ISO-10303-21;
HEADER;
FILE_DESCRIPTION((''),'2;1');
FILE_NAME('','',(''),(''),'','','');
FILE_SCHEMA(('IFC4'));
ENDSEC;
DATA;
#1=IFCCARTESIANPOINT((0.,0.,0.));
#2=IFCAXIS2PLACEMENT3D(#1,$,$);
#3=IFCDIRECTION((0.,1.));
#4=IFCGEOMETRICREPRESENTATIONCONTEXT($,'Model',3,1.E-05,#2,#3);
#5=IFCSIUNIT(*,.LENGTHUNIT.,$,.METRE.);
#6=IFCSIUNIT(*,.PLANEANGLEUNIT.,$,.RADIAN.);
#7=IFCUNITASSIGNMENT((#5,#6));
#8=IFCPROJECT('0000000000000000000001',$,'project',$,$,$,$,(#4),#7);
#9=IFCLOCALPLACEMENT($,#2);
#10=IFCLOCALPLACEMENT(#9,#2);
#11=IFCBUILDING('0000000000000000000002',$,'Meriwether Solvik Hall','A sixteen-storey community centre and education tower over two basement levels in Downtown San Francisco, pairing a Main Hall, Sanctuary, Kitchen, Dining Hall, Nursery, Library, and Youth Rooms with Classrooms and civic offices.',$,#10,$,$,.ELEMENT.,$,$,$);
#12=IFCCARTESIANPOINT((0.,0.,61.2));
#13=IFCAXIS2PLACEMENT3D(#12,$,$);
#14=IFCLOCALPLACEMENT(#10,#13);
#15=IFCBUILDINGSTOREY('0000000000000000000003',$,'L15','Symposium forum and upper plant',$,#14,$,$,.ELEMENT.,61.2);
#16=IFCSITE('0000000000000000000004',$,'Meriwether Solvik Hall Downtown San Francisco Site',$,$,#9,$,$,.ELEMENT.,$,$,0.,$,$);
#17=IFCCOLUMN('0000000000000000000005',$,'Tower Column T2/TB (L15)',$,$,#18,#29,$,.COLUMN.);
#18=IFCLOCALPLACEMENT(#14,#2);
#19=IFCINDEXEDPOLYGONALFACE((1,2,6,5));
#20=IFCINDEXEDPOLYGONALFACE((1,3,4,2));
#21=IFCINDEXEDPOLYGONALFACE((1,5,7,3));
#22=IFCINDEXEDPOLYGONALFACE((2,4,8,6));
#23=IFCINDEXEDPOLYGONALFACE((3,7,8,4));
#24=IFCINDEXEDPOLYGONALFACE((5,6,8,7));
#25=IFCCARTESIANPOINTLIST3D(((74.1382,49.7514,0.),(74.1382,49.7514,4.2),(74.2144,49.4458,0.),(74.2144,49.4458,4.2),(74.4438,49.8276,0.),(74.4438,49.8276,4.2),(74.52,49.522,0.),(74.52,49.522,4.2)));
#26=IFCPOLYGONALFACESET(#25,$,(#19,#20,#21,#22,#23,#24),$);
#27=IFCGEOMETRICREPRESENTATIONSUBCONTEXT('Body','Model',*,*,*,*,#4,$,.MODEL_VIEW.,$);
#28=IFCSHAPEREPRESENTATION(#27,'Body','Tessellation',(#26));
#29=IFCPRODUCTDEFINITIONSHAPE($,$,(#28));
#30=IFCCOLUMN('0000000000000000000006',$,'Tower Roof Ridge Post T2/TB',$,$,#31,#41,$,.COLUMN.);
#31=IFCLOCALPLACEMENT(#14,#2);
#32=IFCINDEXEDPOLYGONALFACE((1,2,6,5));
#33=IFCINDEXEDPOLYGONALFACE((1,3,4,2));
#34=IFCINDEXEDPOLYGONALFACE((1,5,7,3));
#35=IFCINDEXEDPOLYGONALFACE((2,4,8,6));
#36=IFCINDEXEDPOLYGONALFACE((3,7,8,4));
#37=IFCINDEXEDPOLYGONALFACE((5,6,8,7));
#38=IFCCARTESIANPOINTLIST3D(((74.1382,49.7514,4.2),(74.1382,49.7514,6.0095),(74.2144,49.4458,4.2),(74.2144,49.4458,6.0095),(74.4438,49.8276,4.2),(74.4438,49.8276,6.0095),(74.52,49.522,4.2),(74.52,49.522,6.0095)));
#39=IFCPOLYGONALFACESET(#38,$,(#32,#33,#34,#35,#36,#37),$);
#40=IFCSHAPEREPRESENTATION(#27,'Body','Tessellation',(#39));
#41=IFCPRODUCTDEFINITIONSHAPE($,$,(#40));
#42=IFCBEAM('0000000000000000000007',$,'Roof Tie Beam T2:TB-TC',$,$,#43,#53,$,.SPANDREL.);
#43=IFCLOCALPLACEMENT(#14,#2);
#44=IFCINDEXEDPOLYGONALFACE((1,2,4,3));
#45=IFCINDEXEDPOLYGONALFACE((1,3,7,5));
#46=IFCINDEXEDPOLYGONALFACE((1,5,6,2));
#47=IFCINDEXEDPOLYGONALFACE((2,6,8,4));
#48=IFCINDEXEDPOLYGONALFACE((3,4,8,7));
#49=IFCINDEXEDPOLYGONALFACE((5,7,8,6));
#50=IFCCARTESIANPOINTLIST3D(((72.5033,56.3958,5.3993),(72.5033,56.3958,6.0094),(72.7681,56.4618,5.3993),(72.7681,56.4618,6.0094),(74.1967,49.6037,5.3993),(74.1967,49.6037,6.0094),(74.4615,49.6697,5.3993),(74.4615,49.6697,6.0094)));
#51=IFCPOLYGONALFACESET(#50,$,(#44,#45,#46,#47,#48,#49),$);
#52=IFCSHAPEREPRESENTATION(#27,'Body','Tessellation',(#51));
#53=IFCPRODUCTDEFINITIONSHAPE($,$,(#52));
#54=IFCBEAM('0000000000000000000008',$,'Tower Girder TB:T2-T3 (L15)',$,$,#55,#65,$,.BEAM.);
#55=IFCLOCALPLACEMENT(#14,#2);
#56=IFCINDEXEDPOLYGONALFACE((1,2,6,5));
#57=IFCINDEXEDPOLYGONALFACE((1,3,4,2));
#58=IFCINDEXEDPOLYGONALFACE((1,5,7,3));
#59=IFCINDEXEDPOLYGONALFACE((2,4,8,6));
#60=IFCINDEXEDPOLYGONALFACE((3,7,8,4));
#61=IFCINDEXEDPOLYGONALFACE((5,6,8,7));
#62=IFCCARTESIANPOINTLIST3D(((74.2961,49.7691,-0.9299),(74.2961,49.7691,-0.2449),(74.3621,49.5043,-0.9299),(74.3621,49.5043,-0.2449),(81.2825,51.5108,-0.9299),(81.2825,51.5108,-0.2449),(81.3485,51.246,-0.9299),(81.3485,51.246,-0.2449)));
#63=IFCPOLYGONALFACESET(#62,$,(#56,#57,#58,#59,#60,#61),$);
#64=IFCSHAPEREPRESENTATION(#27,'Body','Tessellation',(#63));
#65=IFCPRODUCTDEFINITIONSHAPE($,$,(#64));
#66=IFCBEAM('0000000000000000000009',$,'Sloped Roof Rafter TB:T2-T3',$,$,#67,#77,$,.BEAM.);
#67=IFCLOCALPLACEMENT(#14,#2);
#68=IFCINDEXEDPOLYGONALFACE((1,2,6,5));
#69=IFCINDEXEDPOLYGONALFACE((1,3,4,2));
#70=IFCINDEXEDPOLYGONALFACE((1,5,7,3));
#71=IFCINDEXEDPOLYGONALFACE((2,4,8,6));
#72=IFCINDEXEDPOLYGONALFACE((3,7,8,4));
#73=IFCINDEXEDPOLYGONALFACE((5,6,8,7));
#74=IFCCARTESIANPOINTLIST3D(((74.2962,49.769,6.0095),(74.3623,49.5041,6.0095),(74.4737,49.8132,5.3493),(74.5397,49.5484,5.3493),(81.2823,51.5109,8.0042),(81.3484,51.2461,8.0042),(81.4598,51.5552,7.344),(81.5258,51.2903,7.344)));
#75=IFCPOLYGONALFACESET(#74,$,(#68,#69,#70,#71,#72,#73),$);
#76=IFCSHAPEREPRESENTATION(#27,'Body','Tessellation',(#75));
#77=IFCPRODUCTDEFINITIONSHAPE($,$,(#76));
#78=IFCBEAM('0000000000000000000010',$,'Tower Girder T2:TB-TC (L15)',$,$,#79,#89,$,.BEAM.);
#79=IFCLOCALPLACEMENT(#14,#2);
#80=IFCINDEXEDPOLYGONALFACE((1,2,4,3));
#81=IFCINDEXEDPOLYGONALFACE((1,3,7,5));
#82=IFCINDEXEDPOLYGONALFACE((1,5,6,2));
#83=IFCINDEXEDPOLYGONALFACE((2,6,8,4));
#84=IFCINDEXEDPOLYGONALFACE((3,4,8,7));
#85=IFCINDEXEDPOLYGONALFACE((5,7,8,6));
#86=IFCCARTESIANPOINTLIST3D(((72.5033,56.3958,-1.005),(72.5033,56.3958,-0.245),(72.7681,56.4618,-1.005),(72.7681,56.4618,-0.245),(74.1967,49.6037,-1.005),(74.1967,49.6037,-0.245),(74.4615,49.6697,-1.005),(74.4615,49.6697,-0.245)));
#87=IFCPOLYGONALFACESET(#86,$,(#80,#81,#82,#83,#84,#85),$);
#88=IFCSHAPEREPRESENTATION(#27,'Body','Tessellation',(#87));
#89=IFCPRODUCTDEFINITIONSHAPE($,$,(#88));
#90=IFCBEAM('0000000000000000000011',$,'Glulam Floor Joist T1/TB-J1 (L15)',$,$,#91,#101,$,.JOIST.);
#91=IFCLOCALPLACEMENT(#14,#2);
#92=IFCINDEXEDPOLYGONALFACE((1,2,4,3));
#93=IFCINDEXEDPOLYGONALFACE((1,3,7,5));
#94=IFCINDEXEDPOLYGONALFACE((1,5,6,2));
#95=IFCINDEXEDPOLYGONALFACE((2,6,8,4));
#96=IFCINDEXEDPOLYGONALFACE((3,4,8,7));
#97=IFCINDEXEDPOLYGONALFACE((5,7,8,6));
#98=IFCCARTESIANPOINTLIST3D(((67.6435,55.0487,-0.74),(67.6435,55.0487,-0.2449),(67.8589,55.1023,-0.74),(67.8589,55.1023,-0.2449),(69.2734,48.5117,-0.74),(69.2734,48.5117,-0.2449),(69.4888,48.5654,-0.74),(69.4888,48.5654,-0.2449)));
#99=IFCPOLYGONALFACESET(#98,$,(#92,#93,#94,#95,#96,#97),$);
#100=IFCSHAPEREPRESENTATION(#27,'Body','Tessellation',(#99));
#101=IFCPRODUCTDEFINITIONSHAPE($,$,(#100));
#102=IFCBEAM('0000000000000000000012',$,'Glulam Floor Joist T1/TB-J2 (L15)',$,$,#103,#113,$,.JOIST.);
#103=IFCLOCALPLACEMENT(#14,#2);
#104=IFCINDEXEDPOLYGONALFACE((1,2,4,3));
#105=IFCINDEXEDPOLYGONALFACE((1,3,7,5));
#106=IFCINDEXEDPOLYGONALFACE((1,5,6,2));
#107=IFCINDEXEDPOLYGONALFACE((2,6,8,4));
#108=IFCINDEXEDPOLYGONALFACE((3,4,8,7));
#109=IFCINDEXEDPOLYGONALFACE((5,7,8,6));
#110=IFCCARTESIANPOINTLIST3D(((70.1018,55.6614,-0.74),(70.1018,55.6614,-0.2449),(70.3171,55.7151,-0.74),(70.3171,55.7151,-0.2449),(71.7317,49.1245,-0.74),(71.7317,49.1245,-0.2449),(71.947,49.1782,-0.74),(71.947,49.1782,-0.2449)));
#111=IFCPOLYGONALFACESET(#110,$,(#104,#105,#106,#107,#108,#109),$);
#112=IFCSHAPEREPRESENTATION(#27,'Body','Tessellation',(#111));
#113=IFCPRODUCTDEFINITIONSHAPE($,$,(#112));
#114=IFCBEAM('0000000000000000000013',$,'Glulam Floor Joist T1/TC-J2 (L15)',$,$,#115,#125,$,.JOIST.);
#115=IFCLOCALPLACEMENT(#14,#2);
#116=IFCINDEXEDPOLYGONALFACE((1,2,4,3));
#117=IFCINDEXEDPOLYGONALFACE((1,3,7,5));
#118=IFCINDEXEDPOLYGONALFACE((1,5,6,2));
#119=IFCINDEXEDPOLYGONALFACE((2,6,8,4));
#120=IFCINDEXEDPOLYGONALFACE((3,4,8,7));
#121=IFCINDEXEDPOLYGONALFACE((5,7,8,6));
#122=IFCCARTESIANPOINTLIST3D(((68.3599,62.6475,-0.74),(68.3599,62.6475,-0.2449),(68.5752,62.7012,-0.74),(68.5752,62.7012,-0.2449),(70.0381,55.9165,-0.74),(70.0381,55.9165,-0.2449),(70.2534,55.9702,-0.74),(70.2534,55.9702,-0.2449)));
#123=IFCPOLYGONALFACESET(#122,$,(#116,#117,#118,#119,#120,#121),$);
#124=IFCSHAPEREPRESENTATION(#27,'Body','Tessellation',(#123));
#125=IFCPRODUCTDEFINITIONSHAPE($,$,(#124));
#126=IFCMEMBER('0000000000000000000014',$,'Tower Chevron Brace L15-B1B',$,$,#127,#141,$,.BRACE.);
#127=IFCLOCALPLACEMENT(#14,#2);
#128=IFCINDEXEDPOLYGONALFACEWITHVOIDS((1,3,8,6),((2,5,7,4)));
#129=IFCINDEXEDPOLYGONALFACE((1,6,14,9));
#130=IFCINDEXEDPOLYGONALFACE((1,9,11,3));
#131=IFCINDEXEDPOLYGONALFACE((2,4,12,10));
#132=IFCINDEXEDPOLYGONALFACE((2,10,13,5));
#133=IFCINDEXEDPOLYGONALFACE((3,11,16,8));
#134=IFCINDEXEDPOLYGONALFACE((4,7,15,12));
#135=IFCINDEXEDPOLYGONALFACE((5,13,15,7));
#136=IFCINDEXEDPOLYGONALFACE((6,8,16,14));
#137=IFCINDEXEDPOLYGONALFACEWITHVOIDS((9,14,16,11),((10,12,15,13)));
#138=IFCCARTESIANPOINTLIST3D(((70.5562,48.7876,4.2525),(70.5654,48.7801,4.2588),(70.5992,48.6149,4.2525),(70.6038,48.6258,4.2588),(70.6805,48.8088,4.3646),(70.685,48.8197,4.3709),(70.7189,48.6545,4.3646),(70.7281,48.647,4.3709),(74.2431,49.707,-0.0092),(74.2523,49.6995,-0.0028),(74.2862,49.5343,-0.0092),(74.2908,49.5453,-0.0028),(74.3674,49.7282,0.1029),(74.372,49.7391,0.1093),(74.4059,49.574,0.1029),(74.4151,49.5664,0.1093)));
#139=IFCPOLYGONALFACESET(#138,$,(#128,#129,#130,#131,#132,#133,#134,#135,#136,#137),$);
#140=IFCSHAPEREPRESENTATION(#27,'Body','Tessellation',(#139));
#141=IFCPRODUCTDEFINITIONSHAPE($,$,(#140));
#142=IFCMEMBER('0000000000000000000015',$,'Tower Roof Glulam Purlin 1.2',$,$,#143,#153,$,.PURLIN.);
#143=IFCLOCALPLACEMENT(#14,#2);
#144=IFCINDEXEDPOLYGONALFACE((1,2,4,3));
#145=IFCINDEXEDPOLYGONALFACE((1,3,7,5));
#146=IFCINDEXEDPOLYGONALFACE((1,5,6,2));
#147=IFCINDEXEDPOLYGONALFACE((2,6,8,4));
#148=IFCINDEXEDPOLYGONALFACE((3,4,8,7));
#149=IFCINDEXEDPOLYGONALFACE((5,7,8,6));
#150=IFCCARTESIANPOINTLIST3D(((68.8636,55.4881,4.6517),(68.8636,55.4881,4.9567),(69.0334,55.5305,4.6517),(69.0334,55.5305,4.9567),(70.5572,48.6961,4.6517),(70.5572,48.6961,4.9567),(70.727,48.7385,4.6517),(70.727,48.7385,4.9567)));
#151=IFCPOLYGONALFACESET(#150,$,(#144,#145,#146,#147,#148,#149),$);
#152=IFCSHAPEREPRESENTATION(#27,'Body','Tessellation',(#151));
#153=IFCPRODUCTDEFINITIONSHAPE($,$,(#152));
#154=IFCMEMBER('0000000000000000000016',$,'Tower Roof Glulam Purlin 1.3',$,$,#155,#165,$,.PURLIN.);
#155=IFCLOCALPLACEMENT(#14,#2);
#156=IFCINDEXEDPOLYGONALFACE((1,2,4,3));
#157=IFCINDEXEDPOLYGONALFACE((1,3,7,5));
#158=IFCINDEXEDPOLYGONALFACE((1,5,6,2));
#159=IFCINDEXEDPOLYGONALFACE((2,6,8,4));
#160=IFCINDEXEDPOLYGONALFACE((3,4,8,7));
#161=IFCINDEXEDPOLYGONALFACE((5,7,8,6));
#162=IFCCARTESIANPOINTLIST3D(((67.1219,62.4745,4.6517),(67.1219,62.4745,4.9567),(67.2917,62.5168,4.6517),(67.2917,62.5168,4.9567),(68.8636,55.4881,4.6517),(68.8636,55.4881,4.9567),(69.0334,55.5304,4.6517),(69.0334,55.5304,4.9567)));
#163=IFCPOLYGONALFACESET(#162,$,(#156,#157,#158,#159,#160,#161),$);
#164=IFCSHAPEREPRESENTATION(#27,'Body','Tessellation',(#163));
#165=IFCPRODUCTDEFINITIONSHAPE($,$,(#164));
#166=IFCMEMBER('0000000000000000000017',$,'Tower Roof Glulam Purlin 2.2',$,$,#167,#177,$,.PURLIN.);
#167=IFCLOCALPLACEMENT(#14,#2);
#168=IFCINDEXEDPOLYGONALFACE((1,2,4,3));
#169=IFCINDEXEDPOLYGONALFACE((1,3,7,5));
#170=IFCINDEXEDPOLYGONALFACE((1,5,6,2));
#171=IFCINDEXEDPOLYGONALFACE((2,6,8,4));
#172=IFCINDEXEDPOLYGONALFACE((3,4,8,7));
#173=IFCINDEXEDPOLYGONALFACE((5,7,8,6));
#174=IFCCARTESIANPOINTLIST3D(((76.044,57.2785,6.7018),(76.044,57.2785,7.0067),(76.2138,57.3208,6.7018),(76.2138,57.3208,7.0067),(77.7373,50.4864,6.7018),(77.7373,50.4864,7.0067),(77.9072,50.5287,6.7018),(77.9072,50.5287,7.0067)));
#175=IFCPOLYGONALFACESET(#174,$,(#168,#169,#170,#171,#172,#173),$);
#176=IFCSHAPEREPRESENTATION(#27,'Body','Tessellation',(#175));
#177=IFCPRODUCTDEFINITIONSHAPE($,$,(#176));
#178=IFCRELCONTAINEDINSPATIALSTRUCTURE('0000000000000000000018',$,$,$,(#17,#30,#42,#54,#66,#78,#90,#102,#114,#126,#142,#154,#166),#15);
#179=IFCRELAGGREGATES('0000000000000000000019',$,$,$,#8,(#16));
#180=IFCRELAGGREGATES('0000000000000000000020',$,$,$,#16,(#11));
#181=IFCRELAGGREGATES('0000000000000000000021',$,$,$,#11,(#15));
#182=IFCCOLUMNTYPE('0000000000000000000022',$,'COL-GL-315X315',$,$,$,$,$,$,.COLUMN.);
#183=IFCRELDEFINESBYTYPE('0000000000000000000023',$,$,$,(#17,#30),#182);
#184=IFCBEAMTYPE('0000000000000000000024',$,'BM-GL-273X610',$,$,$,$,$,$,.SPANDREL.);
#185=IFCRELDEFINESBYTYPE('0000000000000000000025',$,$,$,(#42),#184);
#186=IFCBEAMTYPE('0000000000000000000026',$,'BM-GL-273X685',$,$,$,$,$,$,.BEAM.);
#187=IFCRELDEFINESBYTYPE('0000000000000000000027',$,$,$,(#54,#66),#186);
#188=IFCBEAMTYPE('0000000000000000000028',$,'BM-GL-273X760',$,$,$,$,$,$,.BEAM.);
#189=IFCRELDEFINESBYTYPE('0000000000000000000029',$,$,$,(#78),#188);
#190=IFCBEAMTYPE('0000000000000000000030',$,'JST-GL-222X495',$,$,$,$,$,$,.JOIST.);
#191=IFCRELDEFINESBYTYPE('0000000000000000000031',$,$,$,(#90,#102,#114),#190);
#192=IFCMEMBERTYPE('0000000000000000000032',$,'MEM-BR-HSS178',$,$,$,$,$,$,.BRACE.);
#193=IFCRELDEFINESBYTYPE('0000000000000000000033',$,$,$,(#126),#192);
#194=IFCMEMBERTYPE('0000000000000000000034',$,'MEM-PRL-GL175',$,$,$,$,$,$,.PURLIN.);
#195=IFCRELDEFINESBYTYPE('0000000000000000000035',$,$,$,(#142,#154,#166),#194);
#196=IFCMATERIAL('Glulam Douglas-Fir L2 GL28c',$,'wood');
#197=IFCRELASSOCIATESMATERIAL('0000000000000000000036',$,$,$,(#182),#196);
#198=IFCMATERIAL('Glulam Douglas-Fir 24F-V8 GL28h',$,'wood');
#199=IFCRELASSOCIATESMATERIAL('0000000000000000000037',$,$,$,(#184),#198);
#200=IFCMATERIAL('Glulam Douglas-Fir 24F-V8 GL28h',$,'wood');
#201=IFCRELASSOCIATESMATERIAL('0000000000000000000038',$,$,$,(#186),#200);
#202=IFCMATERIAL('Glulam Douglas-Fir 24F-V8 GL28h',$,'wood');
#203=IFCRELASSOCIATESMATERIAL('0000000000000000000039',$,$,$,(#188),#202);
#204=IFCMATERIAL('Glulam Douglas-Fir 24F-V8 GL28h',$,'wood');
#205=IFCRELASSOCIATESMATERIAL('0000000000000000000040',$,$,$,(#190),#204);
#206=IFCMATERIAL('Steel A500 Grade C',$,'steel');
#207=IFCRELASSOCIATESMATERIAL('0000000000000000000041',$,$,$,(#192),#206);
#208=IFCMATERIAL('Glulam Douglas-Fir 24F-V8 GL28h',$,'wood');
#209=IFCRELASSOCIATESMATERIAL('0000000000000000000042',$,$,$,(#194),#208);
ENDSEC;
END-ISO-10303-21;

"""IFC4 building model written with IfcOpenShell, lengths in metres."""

from ifc_helpers import new_model, si_unit, direction, frame, origin, origin_2d, place, context, subcontext, project, spatial, rectangle, hollow_rectangle, extrude, material, material_profile, profile_set, type_object, element, save


model = new_model("IFC4")

# Units and contexts
model_context = context("Model", 3, precision=1e-05, world=origin(), true_north=direction((0.0, 1.0)))
body_context = subcontext(model_context, "Body", "Model", "MODEL_VIEW")
ifc_project = project(units=[si_unit("LENGTHUNIT", "METRE"), si_unit("PLANEANGLEUNIT", "RADIAN")], contexts=[model_context])

# Site, building, storey
site_placement = place(None, origin())
site = spatial("IfcSite", under=ifc_project, at=site_placement, Name="Meriwether Solvik Hall Downtown San Francisco Site", CompositionType="ELEMENT", RefElevation=0.0)
building_placement = place(site_placement, origin())
building = spatial("IfcBuilding", under=site, at=building_placement, Name="Meriwether Solvik Hall", Description="A sixteen-storey community centre and education tower over two basement levels in Downtown San Francisco, pairing a Main Hall, Sanctuary, Kitchen, Dining Hall, Nursery, Library, and Youth Rooms with Classrooms and civic offices.", CompositionType="ELEMENT")
storey_placement = place(building_placement, frame((0.0, 0.0, 61.2)))
storey = spatial("IfcBuildingStorey", under=building, at=storey_placement, Name="L15", Description="Symposium forum and upper plant", CompositionType="ELEMENT", Elevation=61.2)

# Columns
ifc_material_1 = material(Name="Glulam Douglas-Fir L2 GL28c", Category="wood")
ifc_material_profile_1 = material_profile(ifc_material_1, rectangle(XDim=0.3149, YDim=0.3149, at=origin_2d()), Name="GLC-315X315")
ifc_profile_set_1 = profile_set([ifc_material_profile_1], Name="Glulam Douglas-Fir L2 GL28c")
column_type = type_object("IfcColumnType", Name="COL-GL-315X315", PredefinedType="COLUMN", material=ifc_profile_set_1)
column_1_placement = place(storey_placement, frame((74.3291, 49.6367, 0.0), z_axis=(0.0, 0.0, 1.0), x_axis=(0.970296, 0.241922, 0.0)))
element("IfcColumn", 1, at=column_1_placement, inside=storey, type_object=column_type, Name="Tower Column T2/TB (L15)", PredefinedType="COLUMN", context=body_context, shape_type="SweptSolid", body=[
    extrude(rectangle(XDim=0.3149, YDim=0.3149, at=origin_2d()), origin(), (0.0, 0.0, 1.0), 4.2),
])
column_2_placement = place(storey_placement, frame((74.3291, 49.6367, 4.2), z_axis=(0.0, 0.0, 1.0), x_axis=(0.970296, 0.241922, 0.0)))
element("IfcColumn", 2, at=column_2_placement, inside=storey, type_object=column_type, Name="Tower Roof Ridge Post T2/TB", PredefinedType="COLUMN", context=body_context, shape_type="SweptSolid", body=[
    extrude(rectangle(XDim=0.3149, YDim=0.3149, at=origin_2d()), origin(), (0.0, 0.0, 1.0), 1.8096),
])

# Beams
ifc_material_2 = material(Name="Glulam Douglas-Fir 24F-V8 GL28h", Category="wood")
ifc_material_profile_2 = material_profile(ifc_material_2, rectangle(XDim=0.2729, YDim=0.6101, at=origin_2d()), Name="GLB-273X610")
ifc_profile_set_2 = profile_set([ifc_material_profile_2], Name="Glulam Douglas-Fir 24F-V8 GL28h")
beam_type_1 = type_object("IfcBeamType", Name="BM-GL-273X610", PredefinedType="SPANDREL", material=ifc_profile_set_2)
beam_1_placement = place(storey_placement, frame((74.3291, 49.6367, 5.7043), z_axis=(-0.241912, 0.970298, 0.0), x_axis=(-0.970298, -0.241912, 0.0)))
element("IfcBeam", 3, at=beam_1_placement, inside=storey, type_object=beam_type_1, Name="Roof Tie Beam T2:TB-TC", PredefinedType="SPANDREL", context=body_context, shape_type="SweptSolid", body=[
    extrude(rectangle(XDim=0.2729, YDim=0.6101, at=origin_2d()), origin(), (0.0, 0.0, 1.0), 7.0),
])
ifc_material_3 = material(Name="Glulam Douglas-Fir 24F-V8 GL28h", Category="wood")
ifc_material_profile_3 = material_profile(ifc_material_3, rectangle(XDim=0.2729, YDim=0.6851, at=origin_2d()), Name="GLB-273X685")
ifc_profile_set_3 = profile_set([ifc_material_profile_3], Name="Glulam Douglas-Fir 24F-V8 GL28h")
beam_type_2 = type_object("IfcBeamType", Name="BM-GL-273X685", PredefinedType="BEAM", material=ifc_profile_set_3)
beam_2_placement = place(storey_placement, frame((74.3291, 49.6367, -0.5874), z_axis=(0.970302, 0.241897, 0.0), x_axis=(-0.241897, 0.970302, 0.0)))
element("IfcBeam", 4, at=beam_2_placement, inside=storey, type_object=beam_type_2, Name="Tower Girder TB:T2-T3 (L15)", PredefinedType="BEAM", context=body_context, shape_type="SweptSolid", body=[
    extrude(rectangle(XDim=0.2729, YDim=0.6851, at=origin_2d()), origin(), (0.0, 0.0, 1.0), 7.2002),
])
beam_3_placement = place(storey_placement, frame((74.418, 49.6587, 5.6794), z_axis=(0.935073, 0.233156, 0.266977), x_axis=(-0.241937, 0.970292, 0.0)))
element("IfcBeam", 5, at=beam_3_placement, inside=storey, type_object=beam_type_2, Name="Sloped Roof Rafter TB:T2-T3", PredefinedType="BEAM", context=body_context, shape_type="SweptSolid", body=[
    extrude(rectangle(XDim=0.2729, YDim=0.6851, at=origin_2d()), origin(), (0.0, 0.0, 1.0), 7.4712),
])
ifc_material_4 = material(Name="Glulam Douglas-Fir 24F-V8 GL28h", Category="wood")
ifc_material_profile_4 = material_profile(ifc_material_4, rectangle(XDim=0.2729, YDim=0.76, at=origin_2d()), Name="GLB-273X760")
ifc_profile_set_4 = profile_set([ifc_material_profile_4], Name="Glulam Douglas-Fir 24F-V8 GL28h")
beam_type_3 = type_object("IfcBeamType", Name="BM-GL-273X760", PredefinedType="BEAM", material=ifc_profile_set_4)
beam_4_placement = place(storey_placement, frame((74.3291, 49.6367, -0.625), z_axis=(-0.241912, 0.970298, 0.0), x_axis=(-0.970298, -0.241912, 0.0)))
element("IfcBeam", 6, at=beam_4_placement, inside=storey, type_object=beam_type_3, Name="Tower Girder T2:TB-TC (L15)", PredefinedType="BEAM", context=body_context, shape_type="SweptSolid", body=[
    extrude(rectangle(XDim=0.2729, YDim=0.76, at=origin_2d()), origin(), (0.0, 0.0, 1.0), 7.0),
])
ifc_material_5 = material(Name="Glulam Douglas-Fir 24F-V8 GL28h", Category="wood")
ifc_material_profile_5 = material_profile(ifc_material_5, rectangle(XDim=0.2219, YDim=0.4951, at=origin_2d()), Name="GLJ-222X495")
ifc_profile_set_5 = profile_set([ifc_material_profile_5], Name="Glulam Douglas-Fir 24F-V8 GL28h")
beam_type_4 = type_object("IfcBeamType", Name="JST-GL-222X495", PredefinedType="JOIST", material=ifc_profile_set_5)
for number, where, z_axis, x_axis, name in (
    (7, (69.3811, 48.5386, -0.4924), (-0.24193, 0.970294, 0.0), (-0.970294, -0.24193, 0.0), "Glulam Floor Joist T1/TB-J1 (L15)"),
    (8, (71.8394, 49.1514, -0.4924), (-0.24193, 0.970294, 0.0), (-0.970294, -0.24193, 0.0), "Glulam Floor Joist T1/TB-J2 (L15)"),
):
    element("IfcBeam", number, at=place(storey_placement, frame(where, z_axis=z_axis, x_axis=x_axis)), inside=storey, type_object=beam_type_4, Name=name, PredefinedType="JOIST", context=body_context, shape_type="SweptSolid", body=[
        extrude(rectangle(XDim=0.2219, YDim=0.4951, at=origin_2d()), origin(), (0.0, 0.0, 1.0), 6.7371),
    ])
beam_5_placement = place(storey_placement, frame((70.1458, 55.9434, -0.4924), z_axis=(-0.241923, 0.970296, 0.0), x_axis=(-0.970296, -0.241923, 0.0)))
element("IfcBeam", 9, at=beam_5_placement, inside=storey, type_object=beam_type_4, Name="Glulam Floor Joist T1/TC-J2 (L15)", PredefinedType="JOIST", context=body_context, shape_type="SweptSolid", body=[
    extrude(rectangle(XDim=0.2219, YDim=0.4951, at=origin_2d()), origin(), (0.0, 0.0, 1.0), 6.937),
])

# Members
ifc_material_6 = material(Name="Steel A500 Grade C", Category="steel")
ifc_material_profile_6 = material_profile(ifc_material_6, hollow_rectangle(XDim=0.178, YDim=0.178, WallThickness=0.0095, at=origin_2d()), Name="HSS178X178X9.5")
ifc_profile_set_6 = profile_set([ifc_material_profile_6], Name="Steel A500 Grade C")
member_type_1 = type_object("IfcMemberType", Name="MEM-BR-HSS178", PredefinedType="BRACE", material=ifc_profile_set_6)
member_1_placement = place(storey_placement, frame((74.3291, 49.6367, 0.05), z_axis=(-0.645735, -0.161028, 0.746388), x_axis=(0.241961, -0.970286, 0.0)))
element("IfcMember", 10, at=member_1_placement, inside=storey, type_object=member_type_1, Name="Tower Chevron Brace L15-B1B", PredefinedType="BRACE", context=body_context, shape_type="SweptSolid", body=[
    extrude(hollow_rectangle(XDim=0.178, YDim=0.178, WallThickness=0.0095, at=origin_2d()), origin(), (0.0, 0.0, 1.0), 5.7097),
])
ifc_material_7 = material(Name="Glulam Douglas-Fir 24F-V8 GL28h", Category="wood")
ifc_material_profile_7 = material_profile(ifc_material_7, rectangle(XDim=0.175, YDim=0.3049, at=origin_2d()), Name="GLM-175X305")
ifc_profile_set_7 = profile_set([ifc_material_profile_7], Name="Glulam Douglas-Fir 24F-V8 GL28h")
member_type_2 = type_object("IfcMemberType", Name="MEM-PRL-GL175", PredefinedType="PURLIN", material=ifc_profile_set_7)
member_2_placement = place(storey_placement, frame((70.6421, 48.7173, 4.8042), z_axis=(-0.241945, 0.97029, 0.0), x_axis=(-0.97029, -0.241945, 0.0)))
element("IfcMember", 11, at=member_2_placement, inside=storey, type_object=member_type_2, Name="Tower Roof Glulam Purlin 1.2", PredefinedType="PURLIN", context=body_context, shape_type="SweptSolid", body=[
    extrude(rectangle(XDim=0.175, YDim=0.3049, at=origin_2d()), origin(), (0.0, 0.0, 1.0), 7.0),
])
member_3_placement = place(storey_placement, frame((68.9485, 55.5093, 4.8042), z_axis=(-0.241897, 0.970302, 0.0), x_axis=(-0.970302, -0.241897, 0.0)))
element("IfcMember", 12, at=member_3_placement, inside=storey, type_object=member_type_2, Name="Tower Roof Glulam Purlin 1.3", PredefinedType="PURLIN", context=body_context, shape_type="SweptSolid", body=[
    extrude(rectangle(XDim=0.175, YDim=0.3049, at=origin_2d()), origin(), (0.0, 0.0, 1.0), 7.2002),
])
member_4_placement = place(storey_placement, frame((77.8223, 50.5076, 6.8542), z_axis=(-0.241912, 0.970298, 0.0), x_axis=(-0.970298, -0.241912, 0.0)))
element("IfcMember", 13, at=member_4_placement, inside=storey, type_object=member_type_2, Name="Tower Roof Glulam Purlin 2.2", PredefinedType="PURLIN", context=body_context, shape_type="SweptSolid", body=[
    extrude(rectangle(XDim=0.175, YDim=0.3049, at=origin_2d()), origin(), (0.0, 0.0, 1.0), 7.0),
])

save(model, "model.ifc")
